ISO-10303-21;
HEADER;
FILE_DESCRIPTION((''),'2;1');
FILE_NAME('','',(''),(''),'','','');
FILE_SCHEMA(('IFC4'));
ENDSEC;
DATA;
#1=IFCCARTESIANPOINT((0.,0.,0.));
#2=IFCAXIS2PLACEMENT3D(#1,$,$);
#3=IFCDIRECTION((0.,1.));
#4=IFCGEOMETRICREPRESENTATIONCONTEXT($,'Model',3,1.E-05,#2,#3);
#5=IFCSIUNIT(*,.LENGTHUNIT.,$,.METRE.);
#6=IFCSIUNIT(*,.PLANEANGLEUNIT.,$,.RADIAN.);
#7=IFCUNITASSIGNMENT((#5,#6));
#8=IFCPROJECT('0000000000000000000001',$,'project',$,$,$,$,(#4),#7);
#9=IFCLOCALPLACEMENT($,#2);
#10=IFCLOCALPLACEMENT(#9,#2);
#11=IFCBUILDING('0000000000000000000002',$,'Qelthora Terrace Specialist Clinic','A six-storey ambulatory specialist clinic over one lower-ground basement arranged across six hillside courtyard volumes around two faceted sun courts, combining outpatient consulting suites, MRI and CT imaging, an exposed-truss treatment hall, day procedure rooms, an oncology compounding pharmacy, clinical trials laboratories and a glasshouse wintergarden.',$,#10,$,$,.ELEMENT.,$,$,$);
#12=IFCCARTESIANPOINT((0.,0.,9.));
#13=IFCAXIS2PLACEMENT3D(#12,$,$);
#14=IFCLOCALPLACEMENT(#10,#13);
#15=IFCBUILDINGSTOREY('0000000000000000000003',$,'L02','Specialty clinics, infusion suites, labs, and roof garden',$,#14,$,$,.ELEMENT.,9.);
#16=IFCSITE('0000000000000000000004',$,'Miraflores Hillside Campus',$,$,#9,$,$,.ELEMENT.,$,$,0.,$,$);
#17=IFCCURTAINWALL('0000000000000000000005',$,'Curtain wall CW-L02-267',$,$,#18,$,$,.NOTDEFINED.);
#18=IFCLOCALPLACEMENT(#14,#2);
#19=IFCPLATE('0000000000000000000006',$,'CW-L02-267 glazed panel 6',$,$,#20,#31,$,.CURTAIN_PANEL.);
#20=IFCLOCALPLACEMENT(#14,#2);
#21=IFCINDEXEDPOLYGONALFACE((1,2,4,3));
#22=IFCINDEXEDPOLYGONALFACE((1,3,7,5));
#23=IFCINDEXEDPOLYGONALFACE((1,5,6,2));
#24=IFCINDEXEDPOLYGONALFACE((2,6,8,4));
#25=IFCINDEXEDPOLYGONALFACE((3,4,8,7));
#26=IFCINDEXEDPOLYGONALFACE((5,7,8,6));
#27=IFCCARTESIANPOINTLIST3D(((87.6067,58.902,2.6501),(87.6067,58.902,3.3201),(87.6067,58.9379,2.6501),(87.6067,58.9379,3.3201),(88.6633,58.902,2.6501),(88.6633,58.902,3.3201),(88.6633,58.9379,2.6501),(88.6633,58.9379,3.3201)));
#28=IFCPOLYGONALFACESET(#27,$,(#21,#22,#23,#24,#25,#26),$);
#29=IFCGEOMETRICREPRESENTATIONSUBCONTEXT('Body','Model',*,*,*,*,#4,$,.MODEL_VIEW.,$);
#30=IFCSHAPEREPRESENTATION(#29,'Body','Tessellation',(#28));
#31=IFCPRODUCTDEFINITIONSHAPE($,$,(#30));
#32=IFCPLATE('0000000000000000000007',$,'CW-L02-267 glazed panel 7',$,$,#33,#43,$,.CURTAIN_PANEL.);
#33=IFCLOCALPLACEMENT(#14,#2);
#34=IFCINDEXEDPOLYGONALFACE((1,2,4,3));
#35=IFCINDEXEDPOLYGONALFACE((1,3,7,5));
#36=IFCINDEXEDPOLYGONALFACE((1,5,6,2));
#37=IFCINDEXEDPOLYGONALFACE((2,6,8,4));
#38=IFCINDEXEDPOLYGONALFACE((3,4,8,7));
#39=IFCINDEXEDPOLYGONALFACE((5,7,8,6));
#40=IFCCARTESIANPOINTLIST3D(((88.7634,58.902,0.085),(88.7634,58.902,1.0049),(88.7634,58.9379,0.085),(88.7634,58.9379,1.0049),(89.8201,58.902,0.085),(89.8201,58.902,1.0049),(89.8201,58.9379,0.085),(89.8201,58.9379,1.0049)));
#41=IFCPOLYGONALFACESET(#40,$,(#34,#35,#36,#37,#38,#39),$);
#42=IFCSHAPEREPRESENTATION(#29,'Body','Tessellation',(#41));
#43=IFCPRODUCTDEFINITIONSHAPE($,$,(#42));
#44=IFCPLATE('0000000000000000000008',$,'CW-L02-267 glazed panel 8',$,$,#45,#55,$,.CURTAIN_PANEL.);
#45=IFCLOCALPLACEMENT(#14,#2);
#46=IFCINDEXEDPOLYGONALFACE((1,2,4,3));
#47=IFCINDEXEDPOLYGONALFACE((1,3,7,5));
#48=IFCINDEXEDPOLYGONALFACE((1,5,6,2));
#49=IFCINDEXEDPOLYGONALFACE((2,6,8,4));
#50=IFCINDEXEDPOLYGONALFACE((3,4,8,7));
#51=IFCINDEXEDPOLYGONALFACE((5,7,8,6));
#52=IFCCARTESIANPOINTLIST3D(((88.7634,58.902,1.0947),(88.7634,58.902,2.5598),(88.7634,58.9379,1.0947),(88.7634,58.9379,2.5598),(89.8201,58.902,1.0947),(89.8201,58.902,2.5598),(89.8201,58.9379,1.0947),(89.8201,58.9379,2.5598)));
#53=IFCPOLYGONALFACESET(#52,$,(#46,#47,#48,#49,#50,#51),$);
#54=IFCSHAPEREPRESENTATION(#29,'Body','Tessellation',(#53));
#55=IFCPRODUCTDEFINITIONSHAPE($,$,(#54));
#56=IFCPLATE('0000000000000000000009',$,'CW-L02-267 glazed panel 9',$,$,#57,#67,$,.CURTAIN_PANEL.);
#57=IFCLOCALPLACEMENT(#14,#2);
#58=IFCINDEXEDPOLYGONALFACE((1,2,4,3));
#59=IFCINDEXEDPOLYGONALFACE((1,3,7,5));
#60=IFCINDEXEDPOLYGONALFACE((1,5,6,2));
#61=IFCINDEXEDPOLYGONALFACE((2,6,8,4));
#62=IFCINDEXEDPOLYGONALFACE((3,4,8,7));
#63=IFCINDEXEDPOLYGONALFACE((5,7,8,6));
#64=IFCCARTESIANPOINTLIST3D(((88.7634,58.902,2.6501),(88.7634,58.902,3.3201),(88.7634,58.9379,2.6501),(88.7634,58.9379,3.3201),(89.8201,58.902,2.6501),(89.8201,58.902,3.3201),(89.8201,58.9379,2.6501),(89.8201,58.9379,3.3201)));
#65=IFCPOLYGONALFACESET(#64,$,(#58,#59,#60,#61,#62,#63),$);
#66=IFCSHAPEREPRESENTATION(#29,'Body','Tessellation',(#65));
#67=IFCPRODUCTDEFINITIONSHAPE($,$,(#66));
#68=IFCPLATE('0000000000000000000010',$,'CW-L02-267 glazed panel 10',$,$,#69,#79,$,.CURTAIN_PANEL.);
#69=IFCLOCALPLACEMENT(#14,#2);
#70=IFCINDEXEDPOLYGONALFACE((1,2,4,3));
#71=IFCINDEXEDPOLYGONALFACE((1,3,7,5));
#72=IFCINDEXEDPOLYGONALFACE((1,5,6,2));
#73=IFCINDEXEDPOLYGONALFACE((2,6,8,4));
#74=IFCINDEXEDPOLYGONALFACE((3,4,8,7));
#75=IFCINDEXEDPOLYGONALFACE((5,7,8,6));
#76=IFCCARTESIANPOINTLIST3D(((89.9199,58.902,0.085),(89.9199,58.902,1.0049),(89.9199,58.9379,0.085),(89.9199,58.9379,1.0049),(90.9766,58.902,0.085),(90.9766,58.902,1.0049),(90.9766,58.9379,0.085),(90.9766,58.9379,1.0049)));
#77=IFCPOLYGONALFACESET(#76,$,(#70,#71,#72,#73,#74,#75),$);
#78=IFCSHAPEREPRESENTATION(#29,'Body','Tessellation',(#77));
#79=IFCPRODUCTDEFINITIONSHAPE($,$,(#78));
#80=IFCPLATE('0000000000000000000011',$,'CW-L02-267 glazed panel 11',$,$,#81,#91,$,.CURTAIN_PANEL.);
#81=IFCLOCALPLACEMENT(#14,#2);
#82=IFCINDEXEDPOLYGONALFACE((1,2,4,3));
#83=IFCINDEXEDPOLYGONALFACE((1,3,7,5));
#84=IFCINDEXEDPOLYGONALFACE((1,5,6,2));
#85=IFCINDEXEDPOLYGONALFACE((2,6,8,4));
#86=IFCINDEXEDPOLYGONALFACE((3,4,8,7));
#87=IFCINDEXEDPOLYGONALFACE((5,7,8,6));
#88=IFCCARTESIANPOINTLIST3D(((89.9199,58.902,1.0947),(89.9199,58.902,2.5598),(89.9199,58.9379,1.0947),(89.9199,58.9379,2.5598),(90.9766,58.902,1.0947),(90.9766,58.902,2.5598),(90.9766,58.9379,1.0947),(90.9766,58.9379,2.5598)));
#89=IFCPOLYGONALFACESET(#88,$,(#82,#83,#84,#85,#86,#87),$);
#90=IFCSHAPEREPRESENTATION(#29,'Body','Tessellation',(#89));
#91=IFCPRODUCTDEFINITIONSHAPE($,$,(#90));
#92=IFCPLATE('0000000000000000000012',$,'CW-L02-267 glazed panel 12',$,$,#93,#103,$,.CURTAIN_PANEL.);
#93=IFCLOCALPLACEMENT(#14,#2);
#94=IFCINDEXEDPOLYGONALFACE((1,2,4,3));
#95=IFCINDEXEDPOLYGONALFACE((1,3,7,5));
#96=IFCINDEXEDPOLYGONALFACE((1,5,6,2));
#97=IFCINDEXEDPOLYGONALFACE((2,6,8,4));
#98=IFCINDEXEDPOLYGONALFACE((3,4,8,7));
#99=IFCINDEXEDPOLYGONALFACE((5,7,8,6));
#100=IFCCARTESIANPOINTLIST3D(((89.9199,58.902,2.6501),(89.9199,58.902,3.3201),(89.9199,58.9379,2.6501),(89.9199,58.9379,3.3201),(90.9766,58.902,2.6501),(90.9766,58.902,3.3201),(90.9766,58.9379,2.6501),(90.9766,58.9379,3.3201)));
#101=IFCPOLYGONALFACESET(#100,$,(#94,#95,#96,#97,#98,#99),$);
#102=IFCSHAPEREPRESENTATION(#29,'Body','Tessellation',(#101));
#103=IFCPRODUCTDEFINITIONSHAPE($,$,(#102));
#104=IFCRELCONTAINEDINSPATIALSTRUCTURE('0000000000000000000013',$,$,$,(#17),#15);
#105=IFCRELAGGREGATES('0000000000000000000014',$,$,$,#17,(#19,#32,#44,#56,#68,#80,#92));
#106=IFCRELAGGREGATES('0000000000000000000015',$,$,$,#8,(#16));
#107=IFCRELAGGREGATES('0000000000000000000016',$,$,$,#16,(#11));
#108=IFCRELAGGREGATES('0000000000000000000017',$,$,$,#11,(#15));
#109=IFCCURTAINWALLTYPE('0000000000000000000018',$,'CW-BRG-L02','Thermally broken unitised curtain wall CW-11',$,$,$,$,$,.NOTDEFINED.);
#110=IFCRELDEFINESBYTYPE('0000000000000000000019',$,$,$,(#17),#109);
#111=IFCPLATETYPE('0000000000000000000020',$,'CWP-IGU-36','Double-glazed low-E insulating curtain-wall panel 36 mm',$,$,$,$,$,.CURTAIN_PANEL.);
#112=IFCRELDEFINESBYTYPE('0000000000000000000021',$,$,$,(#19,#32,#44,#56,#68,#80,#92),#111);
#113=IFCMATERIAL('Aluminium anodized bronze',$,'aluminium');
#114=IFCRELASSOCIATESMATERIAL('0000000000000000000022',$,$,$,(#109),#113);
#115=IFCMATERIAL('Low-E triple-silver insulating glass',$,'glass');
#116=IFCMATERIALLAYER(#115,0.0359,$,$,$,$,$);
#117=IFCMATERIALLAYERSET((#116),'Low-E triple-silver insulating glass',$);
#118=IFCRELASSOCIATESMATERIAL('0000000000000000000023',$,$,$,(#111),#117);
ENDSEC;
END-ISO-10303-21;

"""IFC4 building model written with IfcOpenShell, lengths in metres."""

from ifc_helpers import new_model, si_unit, direction, frame, origin, origin_2d, place, context, subcontext, project, spatial, rectangle, extrude, material, layer, layer_set, type_object, element, aggregate, save


model = new_model("IFC4")

# Units and contexts
model_context = context("Model", 3, precision=1e-05, world=origin(), true_north=direction((0.0, 1.0)))
body_context = subcontext(model_context, "Body", "Model", "MODEL_VIEW")
ifc_project = project(units=[si_unit("LENGTHUNIT", "METRE"), si_unit("PLANEANGLEUNIT", "RADIAN")], contexts=[model_context])

# Site, building, storey
site_placement = place(None, origin())
site = spatial("IfcSite", under=ifc_project, at=site_placement, Name="Miraflores Hillside Campus", CompositionType="ELEMENT", RefElevation=0.0)
building_placement = place(site_placement, origin())
building = spatial("IfcBuilding", under=site, at=building_placement, Name="Qelthora Terrace Specialist Clinic", Description="A six-storey ambulatory specialist clinic over one lower-ground basement arranged across six hillside courtyard volumes around two faceted sun courts, combining outpatient consulting suites, MRI and CT imaging, an exposed-truss treatment hall, day procedure rooms, an oncology compounding pharmacy, clinical trials laboratories and a glasshouse wintergarden.", CompositionType="ELEMENT")
storey_placement = place(building_placement, frame((0.0, 0.0, 9.0)))
storey = spatial("IfcBuildingStorey", under=building, at=storey_placement, Name="L02", Description="Specialty clinics, infusion suites, labs, and roof garden", CompositionType="ELEMENT", Elevation=9.0)

# Shared definitions
ifc_material_1 = material(Name="Aluminium anodized bronze", Category="aluminium")
curtain_wall_type = type_object("IfcCurtainWallType", Name="CW-BRG-L02", Description="Thermally broken unitised curtain wall CW-11", PredefinedType="NOTDEFINED", material=ifc_material_1)

# Curtain wall, plates
curtain_wall_1_placement = place(storey_placement, origin())
curtain_wall_1 = element("IfcCurtainWall", 1, at=curtain_wall_1_placement, inside=storey, type_object=curtain_wall_type, Name="Curtain wall CW-L02-267", PredefinedType="NOTDEFINED")
ifc_material_2 = material(Name="Low-E triple-silver insulating glass", Category="glass")
ifc_layer = layer(ifc_material_2, 0.0359)
ifc_layer_set = layer_set([ifc_layer], Name="Low-E triple-silver insulating glass")
plate_type = type_object("IfcPlateType", Name="CWP-IGU-36", Description="Double-glazed low-E insulating curtain-wall panel 36 mm", PredefinedType="CURTAIN_PANEL", material=ifc_layer_set)
plate_1_placement = place(storey_placement, frame((88.135, 58.9199, 2.6501), z_axis=(0.0, 0.0, 1.0), x_axis=(1.0, 0.0, 0.0)))
plate_1 = element("IfcPlate", 2, at=plate_1_placement, type_object=plate_type, Name="CW-L02-267 glazed panel 6", PredefinedType="CURTAIN_PANEL", context=body_context, shape_type="SweptSolid", body=[
    extrude(rectangle(XDim=1.0566, YDim=0.0359, at=origin_2d()), origin(), (0.0, 0.0, 1.0), 0.6699),
])
plate_2_placement = place(storey_placement, frame((89.2917, 58.9199, 0.085), z_axis=(0.0, 0.0, 1.0), x_axis=(1.0, 0.0, 0.0)))
plate_2 = element("IfcPlate", 3, at=plate_2_placement, type_object=plate_type, Name="CW-L02-267 glazed panel 7", PredefinedType="CURTAIN_PANEL", context=body_context, shape_type="SweptSolid", body=[
    extrude(rectangle(XDim=1.0566, YDim=0.0359, at=origin_2d()), origin(), (0.0, 0.0, 1.0), 0.9199),
])
plate_3_placement = place(storey_placement, frame((89.2917, 58.9199, 1.0947), z_axis=(0.0, 0.0, 1.0), x_axis=(1.0, 0.0, 0.0)))
plate_3 = element("IfcPlate", 4, at=plate_3_placement, type_object=plate_type, Name="CW-L02-267 glazed panel 8", PredefinedType="CURTAIN_PANEL", context=body_context, shape_type="SweptSolid", body=[
    extrude(rectangle(XDim=1.0566, YDim=0.0359, at=origin_2d()), origin(), (0.0, 0.0, 1.0), 1.4651),
])
plate_4_placement = place(storey_placement, frame((89.2917, 58.9199, 2.6501), z_axis=(0.0, 0.0, 1.0), x_axis=(1.0, 0.0, 0.0)))
plate_4 = element("IfcPlate", 5, at=plate_4_placement, type_object=plate_type, Name="CW-L02-267 glazed panel 9", PredefinedType="CURTAIN_PANEL", context=body_context, shape_type="SweptSolid", body=[
    extrude(rectangle(XDim=1.0566, YDim=0.0359, at=origin_2d()), origin(), (0.0, 0.0, 1.0), 0.6699),
])
plate_5_placement = place(storey_placement, frame((90.4482, 58.9199, 0.085), z_axis=(0.0, 0.0, 1.0), x_axis=(1.0, 0.0, 0.0)))
plate_5 = element("IfcPlate", 6, at=plate_5_placement, type_object=plate_type, Name="CW-L02-267 glazed panel 10", PredefinedType="CURTAIN_PANEL", context=body_context, shape_type="SweptSolid", body=[
    extrude(rectangle(XDim=1.0566, YDim=0.0359, at=origin_2d()), origin(), (0.0, 0.0, 1.0), 0.9199),
])
plate_6_placement = place(storey_placement, frame((90.4482, 58.9199, 1.0947), z_axis=(0.0, 0.0, 1.0), x_axis=(1.0, 0.0, 0.0)))
plate_6 = element("IfcPlate", 7, at=plate_6_placement, type_object=plate_type, Name="CW-L02-267 glazed panel 11", PredefinedType="CURTAIN_PANEL", context=body_context, shape_type="SweptSolid", body=[
    extrude(rectangle(XDim=1.0566, YDim=0.0359, at=origin_2d()), origin(), (0.0, 0.0, 1.0), 1.4651),
])
plate_7_placement = place(storey_placement, frame((90.4482, 58.9199, 2.6501), z_axis=(0.0, 0.0, 1.0), x_axis=(1.0, 0.0, 0.0)))
plate_7 = element("IfcPlate", 8, at=plate_7_placement, type_object=plate_type, Name="CW-L02-267 glazed panel 12", PredefinedType="CURTAIN_PANEL", context=body_context, shape_type="SweptSolid", body=[
    extrude(rectangle(XDim=1.0566, YDim=0.0359, at=origin_2d()), origin(), (0.0, 0.0, 1.0), 0.6699),
])
aggregate(curtain_wall_1, [plate_1, plate_2, plate_3, plate_4, plate_5, plate_6, plate_7])

save(model, "model.ifc")
